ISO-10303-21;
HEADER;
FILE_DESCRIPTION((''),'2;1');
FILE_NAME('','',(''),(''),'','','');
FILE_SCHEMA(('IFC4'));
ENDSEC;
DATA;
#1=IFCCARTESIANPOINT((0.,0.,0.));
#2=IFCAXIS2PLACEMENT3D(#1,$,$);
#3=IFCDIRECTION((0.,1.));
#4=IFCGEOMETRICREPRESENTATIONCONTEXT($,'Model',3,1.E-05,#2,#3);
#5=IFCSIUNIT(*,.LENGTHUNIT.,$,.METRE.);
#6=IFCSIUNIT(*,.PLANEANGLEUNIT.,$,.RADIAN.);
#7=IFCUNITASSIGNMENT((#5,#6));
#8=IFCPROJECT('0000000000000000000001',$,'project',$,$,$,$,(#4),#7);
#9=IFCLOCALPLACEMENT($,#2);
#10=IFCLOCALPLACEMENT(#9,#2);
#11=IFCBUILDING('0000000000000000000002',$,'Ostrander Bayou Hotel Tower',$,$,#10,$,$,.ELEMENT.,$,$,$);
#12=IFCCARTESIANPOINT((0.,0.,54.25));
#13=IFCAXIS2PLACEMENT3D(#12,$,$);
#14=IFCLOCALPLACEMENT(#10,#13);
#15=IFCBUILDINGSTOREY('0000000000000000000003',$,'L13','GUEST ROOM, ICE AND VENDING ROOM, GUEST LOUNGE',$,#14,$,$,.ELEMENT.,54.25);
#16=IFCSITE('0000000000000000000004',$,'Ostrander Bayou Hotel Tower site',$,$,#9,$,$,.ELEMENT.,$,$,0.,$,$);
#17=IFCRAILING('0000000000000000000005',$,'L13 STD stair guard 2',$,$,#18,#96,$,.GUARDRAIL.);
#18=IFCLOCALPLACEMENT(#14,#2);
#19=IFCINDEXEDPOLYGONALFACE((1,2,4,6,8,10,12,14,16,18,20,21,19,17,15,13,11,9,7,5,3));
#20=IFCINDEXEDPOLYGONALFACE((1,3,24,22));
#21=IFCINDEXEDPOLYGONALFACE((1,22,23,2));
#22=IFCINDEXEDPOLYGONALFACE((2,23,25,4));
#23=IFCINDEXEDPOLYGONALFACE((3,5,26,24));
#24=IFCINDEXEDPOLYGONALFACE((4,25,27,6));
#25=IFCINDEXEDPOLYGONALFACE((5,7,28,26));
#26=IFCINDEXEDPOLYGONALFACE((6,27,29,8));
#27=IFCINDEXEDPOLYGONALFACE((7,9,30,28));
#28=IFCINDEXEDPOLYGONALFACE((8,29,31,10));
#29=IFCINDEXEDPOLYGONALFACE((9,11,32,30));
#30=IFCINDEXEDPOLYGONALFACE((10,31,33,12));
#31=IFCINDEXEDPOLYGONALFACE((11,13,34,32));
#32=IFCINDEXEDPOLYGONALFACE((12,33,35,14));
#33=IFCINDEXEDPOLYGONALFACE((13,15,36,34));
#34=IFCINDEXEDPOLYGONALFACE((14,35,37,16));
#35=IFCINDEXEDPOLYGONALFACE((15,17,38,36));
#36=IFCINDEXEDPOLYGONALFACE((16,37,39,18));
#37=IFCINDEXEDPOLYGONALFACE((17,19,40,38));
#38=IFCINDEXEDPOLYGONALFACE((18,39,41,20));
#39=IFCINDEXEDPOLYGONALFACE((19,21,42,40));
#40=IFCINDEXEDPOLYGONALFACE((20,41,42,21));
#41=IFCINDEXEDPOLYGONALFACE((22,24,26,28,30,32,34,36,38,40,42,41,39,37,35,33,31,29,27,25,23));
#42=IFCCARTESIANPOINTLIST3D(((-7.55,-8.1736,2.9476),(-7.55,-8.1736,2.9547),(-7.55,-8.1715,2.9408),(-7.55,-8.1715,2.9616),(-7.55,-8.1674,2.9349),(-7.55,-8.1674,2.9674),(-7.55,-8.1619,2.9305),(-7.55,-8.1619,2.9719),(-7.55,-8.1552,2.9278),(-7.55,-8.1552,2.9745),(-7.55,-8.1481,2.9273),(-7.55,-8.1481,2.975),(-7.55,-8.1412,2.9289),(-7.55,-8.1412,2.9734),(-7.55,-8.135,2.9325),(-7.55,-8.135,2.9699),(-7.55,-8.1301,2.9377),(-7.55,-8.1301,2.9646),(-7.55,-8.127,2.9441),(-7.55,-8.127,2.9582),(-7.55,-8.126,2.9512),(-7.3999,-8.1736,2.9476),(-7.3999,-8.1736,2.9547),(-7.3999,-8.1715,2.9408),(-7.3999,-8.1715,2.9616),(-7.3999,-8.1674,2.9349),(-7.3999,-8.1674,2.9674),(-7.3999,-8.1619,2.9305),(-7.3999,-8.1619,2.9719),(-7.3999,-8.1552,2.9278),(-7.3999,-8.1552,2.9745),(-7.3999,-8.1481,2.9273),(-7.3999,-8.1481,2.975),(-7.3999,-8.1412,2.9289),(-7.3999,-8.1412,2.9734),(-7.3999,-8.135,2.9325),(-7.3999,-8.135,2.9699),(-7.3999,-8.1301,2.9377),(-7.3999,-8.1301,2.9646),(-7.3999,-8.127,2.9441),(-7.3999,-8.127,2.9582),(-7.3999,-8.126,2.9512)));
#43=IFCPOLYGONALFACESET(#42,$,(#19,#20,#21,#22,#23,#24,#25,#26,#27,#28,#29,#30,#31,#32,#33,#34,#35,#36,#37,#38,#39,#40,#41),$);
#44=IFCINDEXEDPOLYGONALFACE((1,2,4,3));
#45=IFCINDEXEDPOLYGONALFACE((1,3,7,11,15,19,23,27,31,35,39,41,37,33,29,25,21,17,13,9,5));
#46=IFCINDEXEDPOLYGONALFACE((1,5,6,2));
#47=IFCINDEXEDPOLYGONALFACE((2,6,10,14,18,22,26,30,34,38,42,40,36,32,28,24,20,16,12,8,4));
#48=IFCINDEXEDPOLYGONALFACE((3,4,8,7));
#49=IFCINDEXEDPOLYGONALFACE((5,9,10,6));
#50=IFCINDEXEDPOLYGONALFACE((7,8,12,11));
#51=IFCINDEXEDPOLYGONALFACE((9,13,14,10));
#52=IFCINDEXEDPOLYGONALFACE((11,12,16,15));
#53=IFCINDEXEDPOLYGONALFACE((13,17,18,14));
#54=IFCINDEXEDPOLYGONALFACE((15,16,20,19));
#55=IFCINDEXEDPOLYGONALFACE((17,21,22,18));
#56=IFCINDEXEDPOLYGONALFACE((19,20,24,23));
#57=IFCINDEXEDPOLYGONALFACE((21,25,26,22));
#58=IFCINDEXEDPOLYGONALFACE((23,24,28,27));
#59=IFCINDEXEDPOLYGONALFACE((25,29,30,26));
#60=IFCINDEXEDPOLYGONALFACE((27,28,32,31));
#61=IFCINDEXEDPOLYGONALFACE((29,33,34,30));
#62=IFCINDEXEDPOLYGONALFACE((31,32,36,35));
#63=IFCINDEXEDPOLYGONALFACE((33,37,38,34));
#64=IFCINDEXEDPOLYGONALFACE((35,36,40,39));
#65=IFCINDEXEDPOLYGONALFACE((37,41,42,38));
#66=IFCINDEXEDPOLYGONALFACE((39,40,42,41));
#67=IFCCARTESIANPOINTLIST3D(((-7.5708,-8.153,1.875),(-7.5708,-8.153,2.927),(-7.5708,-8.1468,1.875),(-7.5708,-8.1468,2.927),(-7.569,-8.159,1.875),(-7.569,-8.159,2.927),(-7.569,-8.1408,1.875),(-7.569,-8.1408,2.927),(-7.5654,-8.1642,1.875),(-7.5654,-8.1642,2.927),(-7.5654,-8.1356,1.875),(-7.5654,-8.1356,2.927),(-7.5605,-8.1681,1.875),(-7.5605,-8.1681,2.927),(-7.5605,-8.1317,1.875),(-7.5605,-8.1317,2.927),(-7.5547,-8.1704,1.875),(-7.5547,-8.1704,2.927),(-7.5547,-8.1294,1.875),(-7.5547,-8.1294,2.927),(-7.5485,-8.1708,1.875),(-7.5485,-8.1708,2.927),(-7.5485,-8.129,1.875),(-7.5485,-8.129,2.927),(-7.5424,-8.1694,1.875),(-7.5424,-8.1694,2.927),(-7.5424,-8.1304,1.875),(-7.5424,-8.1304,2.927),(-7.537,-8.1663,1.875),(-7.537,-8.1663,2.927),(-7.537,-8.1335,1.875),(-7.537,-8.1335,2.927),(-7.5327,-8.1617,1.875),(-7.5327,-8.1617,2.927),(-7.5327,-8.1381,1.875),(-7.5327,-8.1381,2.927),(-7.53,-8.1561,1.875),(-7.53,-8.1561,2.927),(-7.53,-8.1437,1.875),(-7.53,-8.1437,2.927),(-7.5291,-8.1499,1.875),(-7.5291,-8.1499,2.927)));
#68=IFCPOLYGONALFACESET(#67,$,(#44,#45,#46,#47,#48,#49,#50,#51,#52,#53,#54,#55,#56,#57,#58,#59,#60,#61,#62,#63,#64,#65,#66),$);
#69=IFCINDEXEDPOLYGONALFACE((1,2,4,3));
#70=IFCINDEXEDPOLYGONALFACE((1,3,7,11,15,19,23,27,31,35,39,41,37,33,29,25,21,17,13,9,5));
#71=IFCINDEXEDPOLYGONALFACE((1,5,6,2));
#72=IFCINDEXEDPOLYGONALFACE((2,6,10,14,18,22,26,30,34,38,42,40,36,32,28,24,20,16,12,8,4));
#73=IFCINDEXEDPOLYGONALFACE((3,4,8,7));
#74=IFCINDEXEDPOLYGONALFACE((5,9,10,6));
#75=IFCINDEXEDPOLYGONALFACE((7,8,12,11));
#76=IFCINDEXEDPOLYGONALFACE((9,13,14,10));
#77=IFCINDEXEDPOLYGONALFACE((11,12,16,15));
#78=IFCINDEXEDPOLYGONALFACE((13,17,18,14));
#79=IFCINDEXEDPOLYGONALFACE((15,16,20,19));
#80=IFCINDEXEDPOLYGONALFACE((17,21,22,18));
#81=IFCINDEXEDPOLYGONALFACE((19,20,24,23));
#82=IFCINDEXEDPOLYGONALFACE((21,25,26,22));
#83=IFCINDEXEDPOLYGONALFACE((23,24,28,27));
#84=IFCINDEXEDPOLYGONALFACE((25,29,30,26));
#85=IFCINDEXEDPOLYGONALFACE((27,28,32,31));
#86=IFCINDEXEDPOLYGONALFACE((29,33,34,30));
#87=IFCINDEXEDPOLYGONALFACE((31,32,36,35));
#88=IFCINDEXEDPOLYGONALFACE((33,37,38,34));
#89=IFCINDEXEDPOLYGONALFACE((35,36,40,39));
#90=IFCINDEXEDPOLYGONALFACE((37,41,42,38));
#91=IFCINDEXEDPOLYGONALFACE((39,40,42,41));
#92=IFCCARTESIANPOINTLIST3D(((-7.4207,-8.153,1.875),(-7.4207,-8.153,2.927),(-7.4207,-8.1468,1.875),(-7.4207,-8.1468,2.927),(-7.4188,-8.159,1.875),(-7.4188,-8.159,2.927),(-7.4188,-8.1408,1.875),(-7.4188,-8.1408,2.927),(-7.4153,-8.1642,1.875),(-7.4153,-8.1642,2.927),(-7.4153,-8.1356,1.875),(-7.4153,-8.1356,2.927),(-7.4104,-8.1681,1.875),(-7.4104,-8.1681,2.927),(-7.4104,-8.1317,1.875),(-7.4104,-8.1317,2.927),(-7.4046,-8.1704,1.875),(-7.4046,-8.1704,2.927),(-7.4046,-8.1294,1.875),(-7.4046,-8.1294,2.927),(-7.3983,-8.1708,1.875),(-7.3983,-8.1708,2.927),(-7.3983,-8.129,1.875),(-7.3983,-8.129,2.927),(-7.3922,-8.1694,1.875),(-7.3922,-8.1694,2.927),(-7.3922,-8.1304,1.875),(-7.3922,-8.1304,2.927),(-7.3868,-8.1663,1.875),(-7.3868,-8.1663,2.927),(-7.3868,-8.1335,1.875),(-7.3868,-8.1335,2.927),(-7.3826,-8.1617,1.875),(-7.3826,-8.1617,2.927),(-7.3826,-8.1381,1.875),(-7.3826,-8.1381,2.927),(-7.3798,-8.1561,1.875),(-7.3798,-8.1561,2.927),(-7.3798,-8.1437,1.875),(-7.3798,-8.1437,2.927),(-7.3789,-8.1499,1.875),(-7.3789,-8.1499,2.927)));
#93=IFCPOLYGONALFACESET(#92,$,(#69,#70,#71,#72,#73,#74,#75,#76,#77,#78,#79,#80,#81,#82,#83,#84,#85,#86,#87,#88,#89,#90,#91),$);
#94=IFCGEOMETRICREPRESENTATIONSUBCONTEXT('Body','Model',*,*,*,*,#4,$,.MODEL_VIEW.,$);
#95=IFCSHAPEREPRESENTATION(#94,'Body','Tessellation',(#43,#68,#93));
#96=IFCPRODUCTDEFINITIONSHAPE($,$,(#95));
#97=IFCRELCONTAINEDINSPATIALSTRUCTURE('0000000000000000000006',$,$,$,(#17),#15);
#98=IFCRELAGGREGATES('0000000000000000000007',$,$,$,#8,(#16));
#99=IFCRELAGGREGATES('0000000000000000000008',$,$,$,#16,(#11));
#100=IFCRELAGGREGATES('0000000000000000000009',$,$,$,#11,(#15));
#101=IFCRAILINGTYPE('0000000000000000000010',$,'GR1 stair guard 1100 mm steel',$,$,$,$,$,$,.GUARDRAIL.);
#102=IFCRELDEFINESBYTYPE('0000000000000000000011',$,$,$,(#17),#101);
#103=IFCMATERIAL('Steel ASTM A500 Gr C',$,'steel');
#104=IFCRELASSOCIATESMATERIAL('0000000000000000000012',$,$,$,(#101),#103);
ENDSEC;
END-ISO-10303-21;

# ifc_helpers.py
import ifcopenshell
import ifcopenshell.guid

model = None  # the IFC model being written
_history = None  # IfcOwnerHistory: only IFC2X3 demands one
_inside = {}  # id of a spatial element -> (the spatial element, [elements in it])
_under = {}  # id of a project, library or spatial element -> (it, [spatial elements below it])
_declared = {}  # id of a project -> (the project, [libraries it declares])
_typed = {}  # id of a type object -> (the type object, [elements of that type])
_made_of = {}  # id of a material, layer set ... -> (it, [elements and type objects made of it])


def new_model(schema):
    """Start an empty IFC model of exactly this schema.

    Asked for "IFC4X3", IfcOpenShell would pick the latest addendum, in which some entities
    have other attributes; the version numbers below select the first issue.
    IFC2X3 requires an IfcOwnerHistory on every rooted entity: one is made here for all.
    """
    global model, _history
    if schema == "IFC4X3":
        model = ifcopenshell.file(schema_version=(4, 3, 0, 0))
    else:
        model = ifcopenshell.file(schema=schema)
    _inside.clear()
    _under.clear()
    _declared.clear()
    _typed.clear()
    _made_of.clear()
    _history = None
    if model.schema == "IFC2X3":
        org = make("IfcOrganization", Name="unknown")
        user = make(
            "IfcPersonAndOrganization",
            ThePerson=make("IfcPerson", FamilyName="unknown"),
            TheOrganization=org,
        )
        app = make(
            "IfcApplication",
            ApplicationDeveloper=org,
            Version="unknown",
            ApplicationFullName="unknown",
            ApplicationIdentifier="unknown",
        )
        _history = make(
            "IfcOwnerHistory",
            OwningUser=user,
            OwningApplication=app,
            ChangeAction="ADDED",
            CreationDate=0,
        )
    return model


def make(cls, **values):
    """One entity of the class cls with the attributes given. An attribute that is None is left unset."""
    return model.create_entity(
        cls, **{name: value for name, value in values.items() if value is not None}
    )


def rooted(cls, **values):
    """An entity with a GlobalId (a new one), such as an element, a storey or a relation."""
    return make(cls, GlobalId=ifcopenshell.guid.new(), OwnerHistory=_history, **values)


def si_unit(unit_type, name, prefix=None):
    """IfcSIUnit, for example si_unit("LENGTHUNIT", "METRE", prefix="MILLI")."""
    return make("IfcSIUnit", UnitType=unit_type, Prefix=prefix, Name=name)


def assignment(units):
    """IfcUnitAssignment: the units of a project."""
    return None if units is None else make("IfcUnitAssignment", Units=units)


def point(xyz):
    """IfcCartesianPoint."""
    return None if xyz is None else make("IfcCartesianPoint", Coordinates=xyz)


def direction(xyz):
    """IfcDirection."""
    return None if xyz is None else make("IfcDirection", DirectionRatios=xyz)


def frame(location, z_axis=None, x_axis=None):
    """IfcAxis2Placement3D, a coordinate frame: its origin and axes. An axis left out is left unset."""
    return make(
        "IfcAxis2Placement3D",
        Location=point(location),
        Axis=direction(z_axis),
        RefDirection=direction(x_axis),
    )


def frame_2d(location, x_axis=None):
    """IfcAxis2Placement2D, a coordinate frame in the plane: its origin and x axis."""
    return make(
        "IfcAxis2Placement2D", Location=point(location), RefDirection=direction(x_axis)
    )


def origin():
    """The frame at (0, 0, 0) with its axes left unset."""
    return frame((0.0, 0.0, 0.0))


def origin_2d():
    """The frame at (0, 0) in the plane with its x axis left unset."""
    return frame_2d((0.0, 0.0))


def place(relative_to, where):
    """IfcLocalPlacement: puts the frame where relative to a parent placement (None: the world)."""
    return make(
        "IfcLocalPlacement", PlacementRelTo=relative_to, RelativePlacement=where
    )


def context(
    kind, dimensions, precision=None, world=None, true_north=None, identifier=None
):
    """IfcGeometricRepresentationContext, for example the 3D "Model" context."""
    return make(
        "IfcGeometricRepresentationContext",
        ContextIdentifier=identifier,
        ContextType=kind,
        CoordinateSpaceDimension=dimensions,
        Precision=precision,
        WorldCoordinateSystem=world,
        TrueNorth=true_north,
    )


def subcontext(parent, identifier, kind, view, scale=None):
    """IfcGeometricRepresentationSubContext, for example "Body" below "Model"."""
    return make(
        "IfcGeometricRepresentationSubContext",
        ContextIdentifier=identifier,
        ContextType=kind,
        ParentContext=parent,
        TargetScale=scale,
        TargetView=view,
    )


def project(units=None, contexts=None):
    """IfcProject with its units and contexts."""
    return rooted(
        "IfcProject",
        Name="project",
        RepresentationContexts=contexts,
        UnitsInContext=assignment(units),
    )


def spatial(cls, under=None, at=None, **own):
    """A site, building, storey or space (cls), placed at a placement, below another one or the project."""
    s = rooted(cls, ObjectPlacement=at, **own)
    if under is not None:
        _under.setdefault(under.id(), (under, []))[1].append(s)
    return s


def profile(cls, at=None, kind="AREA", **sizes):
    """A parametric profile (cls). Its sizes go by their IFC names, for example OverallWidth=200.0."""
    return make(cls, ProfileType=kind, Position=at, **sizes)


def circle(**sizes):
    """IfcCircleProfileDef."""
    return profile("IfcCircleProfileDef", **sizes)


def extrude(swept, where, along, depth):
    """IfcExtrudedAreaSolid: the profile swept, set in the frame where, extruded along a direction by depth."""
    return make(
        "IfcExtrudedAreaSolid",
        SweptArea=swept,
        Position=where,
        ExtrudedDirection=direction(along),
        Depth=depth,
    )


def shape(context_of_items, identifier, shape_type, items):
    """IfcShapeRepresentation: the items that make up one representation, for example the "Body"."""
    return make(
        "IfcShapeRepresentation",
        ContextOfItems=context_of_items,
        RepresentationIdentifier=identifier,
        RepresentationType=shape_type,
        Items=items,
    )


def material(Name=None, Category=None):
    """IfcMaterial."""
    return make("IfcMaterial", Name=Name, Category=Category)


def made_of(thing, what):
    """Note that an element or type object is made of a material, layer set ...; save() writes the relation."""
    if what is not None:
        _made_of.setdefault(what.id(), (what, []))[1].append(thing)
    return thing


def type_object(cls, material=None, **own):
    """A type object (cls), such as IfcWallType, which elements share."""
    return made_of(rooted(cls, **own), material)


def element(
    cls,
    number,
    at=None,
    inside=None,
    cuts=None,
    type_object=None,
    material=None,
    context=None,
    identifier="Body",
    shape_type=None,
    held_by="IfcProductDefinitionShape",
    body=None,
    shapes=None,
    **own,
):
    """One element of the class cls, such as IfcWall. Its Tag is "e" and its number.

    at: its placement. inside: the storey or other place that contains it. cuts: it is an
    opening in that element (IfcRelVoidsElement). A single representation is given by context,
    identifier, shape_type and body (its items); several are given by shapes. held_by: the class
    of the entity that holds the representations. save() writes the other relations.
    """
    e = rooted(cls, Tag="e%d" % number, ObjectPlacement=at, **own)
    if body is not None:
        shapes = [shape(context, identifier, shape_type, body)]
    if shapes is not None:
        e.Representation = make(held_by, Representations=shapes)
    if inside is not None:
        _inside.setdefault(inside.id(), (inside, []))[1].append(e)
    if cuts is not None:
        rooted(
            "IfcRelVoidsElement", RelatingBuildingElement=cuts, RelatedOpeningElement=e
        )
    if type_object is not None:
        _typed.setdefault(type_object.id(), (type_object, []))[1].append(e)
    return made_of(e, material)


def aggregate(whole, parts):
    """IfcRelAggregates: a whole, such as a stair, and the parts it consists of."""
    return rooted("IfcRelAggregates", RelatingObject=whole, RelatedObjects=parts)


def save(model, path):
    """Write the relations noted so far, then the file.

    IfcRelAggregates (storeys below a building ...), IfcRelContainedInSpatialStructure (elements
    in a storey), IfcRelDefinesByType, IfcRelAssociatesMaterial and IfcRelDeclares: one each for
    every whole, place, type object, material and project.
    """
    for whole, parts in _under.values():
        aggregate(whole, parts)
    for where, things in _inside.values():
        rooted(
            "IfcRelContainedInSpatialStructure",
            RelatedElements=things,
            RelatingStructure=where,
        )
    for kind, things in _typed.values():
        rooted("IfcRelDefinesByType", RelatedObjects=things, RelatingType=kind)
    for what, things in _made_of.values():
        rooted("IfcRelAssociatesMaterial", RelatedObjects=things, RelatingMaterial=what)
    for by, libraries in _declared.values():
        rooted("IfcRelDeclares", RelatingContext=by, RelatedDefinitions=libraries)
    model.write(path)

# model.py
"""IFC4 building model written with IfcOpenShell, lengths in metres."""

from ifc_helpers import new_model, si_unit, direction, frame, origin, origin_2d, place, context, subcontext, project, spatial, circle, extrude, material, type_object, element, save


model = new_model("IFC4")

# Units and contexts
model_context = context("Model", 3, precision=1e-05, world=origin(), true_north=direction((0.0, 1.0)))
body_context = subcontext(model_context, "Body", "Model", "MODEL_VIEW")
ifc_project = project(units=[si_unit("LENGTHUNIT", "METRE"), si_unit("PLANEANGLEUNIT", "RADIAN")], contexts=[model_context])

# Site, building, storey
site_placement = place(None, origin())
site = spatial("IfcSite", under=ifc_project, at=site_placement, Name="Ostrander Bayou Hotel Tower site", CompositionType="ELEMENT", RefElevation=0.0)
building_placement = place(site_placement, origin())
building = spatial("IfcBuilding", under=site, at=building_placement, Name="Ostrander Bayou Hotel Tower", CompositionType="ELEMENT")
storey_placement = place(building_placement, frame((0.0, 0.0, 54.25)))
storey = spatial("IfcBuildingStorey", under=building, at=storey_placement, Name="L13", Description="GUEST ROOM, ICE AND VENDING ROOM, GUEST LOUNGE", CompositionType="ELEMENT", Elevation=54.25)

# Railing
ifc_material_1 = material(Name="Steel ASTM A500 Gr C", Category="steel")
railing_type_1 = type_object("IfcRailingType", Name="GR1 stair guard 1100 mm steel", PredefinedType="GUARDRAIL", material=ifc_material_1)
railing_1_placement = place(storey_placement, frame((-7.55, -8.1499, 1.875)))
element("IfcRailing", 1, at=railing_1_placement, inside=storey, type_object=railing_type_1, Name="L13 STD stair guard 2", PredefinedType="GUARDRAIL", context=body_context, shape_type="SweptSolid", body=[
    extrude(circle(Radius=0.0239, at=origin_2d()), frame((0.0, 0.0, 1.0762), z_axis=(1.0, 0.0, 0.0), x_axis=(0.0, 1.0, 0.0)), (0.0, 0.0, 1.0), 0.1501),
    extrude(circle(Radius=0.021, at=origin_2d()), origin(), (0.0, 0.0, 1.0), 1.052),
    extrude(circle(Radius=0.021, at=origin_2d()), frame((0.1501, 0.0, 0.0)), (0.0, 0.0, 1.0), 1.052),
])

save(model, "model.ifc")
